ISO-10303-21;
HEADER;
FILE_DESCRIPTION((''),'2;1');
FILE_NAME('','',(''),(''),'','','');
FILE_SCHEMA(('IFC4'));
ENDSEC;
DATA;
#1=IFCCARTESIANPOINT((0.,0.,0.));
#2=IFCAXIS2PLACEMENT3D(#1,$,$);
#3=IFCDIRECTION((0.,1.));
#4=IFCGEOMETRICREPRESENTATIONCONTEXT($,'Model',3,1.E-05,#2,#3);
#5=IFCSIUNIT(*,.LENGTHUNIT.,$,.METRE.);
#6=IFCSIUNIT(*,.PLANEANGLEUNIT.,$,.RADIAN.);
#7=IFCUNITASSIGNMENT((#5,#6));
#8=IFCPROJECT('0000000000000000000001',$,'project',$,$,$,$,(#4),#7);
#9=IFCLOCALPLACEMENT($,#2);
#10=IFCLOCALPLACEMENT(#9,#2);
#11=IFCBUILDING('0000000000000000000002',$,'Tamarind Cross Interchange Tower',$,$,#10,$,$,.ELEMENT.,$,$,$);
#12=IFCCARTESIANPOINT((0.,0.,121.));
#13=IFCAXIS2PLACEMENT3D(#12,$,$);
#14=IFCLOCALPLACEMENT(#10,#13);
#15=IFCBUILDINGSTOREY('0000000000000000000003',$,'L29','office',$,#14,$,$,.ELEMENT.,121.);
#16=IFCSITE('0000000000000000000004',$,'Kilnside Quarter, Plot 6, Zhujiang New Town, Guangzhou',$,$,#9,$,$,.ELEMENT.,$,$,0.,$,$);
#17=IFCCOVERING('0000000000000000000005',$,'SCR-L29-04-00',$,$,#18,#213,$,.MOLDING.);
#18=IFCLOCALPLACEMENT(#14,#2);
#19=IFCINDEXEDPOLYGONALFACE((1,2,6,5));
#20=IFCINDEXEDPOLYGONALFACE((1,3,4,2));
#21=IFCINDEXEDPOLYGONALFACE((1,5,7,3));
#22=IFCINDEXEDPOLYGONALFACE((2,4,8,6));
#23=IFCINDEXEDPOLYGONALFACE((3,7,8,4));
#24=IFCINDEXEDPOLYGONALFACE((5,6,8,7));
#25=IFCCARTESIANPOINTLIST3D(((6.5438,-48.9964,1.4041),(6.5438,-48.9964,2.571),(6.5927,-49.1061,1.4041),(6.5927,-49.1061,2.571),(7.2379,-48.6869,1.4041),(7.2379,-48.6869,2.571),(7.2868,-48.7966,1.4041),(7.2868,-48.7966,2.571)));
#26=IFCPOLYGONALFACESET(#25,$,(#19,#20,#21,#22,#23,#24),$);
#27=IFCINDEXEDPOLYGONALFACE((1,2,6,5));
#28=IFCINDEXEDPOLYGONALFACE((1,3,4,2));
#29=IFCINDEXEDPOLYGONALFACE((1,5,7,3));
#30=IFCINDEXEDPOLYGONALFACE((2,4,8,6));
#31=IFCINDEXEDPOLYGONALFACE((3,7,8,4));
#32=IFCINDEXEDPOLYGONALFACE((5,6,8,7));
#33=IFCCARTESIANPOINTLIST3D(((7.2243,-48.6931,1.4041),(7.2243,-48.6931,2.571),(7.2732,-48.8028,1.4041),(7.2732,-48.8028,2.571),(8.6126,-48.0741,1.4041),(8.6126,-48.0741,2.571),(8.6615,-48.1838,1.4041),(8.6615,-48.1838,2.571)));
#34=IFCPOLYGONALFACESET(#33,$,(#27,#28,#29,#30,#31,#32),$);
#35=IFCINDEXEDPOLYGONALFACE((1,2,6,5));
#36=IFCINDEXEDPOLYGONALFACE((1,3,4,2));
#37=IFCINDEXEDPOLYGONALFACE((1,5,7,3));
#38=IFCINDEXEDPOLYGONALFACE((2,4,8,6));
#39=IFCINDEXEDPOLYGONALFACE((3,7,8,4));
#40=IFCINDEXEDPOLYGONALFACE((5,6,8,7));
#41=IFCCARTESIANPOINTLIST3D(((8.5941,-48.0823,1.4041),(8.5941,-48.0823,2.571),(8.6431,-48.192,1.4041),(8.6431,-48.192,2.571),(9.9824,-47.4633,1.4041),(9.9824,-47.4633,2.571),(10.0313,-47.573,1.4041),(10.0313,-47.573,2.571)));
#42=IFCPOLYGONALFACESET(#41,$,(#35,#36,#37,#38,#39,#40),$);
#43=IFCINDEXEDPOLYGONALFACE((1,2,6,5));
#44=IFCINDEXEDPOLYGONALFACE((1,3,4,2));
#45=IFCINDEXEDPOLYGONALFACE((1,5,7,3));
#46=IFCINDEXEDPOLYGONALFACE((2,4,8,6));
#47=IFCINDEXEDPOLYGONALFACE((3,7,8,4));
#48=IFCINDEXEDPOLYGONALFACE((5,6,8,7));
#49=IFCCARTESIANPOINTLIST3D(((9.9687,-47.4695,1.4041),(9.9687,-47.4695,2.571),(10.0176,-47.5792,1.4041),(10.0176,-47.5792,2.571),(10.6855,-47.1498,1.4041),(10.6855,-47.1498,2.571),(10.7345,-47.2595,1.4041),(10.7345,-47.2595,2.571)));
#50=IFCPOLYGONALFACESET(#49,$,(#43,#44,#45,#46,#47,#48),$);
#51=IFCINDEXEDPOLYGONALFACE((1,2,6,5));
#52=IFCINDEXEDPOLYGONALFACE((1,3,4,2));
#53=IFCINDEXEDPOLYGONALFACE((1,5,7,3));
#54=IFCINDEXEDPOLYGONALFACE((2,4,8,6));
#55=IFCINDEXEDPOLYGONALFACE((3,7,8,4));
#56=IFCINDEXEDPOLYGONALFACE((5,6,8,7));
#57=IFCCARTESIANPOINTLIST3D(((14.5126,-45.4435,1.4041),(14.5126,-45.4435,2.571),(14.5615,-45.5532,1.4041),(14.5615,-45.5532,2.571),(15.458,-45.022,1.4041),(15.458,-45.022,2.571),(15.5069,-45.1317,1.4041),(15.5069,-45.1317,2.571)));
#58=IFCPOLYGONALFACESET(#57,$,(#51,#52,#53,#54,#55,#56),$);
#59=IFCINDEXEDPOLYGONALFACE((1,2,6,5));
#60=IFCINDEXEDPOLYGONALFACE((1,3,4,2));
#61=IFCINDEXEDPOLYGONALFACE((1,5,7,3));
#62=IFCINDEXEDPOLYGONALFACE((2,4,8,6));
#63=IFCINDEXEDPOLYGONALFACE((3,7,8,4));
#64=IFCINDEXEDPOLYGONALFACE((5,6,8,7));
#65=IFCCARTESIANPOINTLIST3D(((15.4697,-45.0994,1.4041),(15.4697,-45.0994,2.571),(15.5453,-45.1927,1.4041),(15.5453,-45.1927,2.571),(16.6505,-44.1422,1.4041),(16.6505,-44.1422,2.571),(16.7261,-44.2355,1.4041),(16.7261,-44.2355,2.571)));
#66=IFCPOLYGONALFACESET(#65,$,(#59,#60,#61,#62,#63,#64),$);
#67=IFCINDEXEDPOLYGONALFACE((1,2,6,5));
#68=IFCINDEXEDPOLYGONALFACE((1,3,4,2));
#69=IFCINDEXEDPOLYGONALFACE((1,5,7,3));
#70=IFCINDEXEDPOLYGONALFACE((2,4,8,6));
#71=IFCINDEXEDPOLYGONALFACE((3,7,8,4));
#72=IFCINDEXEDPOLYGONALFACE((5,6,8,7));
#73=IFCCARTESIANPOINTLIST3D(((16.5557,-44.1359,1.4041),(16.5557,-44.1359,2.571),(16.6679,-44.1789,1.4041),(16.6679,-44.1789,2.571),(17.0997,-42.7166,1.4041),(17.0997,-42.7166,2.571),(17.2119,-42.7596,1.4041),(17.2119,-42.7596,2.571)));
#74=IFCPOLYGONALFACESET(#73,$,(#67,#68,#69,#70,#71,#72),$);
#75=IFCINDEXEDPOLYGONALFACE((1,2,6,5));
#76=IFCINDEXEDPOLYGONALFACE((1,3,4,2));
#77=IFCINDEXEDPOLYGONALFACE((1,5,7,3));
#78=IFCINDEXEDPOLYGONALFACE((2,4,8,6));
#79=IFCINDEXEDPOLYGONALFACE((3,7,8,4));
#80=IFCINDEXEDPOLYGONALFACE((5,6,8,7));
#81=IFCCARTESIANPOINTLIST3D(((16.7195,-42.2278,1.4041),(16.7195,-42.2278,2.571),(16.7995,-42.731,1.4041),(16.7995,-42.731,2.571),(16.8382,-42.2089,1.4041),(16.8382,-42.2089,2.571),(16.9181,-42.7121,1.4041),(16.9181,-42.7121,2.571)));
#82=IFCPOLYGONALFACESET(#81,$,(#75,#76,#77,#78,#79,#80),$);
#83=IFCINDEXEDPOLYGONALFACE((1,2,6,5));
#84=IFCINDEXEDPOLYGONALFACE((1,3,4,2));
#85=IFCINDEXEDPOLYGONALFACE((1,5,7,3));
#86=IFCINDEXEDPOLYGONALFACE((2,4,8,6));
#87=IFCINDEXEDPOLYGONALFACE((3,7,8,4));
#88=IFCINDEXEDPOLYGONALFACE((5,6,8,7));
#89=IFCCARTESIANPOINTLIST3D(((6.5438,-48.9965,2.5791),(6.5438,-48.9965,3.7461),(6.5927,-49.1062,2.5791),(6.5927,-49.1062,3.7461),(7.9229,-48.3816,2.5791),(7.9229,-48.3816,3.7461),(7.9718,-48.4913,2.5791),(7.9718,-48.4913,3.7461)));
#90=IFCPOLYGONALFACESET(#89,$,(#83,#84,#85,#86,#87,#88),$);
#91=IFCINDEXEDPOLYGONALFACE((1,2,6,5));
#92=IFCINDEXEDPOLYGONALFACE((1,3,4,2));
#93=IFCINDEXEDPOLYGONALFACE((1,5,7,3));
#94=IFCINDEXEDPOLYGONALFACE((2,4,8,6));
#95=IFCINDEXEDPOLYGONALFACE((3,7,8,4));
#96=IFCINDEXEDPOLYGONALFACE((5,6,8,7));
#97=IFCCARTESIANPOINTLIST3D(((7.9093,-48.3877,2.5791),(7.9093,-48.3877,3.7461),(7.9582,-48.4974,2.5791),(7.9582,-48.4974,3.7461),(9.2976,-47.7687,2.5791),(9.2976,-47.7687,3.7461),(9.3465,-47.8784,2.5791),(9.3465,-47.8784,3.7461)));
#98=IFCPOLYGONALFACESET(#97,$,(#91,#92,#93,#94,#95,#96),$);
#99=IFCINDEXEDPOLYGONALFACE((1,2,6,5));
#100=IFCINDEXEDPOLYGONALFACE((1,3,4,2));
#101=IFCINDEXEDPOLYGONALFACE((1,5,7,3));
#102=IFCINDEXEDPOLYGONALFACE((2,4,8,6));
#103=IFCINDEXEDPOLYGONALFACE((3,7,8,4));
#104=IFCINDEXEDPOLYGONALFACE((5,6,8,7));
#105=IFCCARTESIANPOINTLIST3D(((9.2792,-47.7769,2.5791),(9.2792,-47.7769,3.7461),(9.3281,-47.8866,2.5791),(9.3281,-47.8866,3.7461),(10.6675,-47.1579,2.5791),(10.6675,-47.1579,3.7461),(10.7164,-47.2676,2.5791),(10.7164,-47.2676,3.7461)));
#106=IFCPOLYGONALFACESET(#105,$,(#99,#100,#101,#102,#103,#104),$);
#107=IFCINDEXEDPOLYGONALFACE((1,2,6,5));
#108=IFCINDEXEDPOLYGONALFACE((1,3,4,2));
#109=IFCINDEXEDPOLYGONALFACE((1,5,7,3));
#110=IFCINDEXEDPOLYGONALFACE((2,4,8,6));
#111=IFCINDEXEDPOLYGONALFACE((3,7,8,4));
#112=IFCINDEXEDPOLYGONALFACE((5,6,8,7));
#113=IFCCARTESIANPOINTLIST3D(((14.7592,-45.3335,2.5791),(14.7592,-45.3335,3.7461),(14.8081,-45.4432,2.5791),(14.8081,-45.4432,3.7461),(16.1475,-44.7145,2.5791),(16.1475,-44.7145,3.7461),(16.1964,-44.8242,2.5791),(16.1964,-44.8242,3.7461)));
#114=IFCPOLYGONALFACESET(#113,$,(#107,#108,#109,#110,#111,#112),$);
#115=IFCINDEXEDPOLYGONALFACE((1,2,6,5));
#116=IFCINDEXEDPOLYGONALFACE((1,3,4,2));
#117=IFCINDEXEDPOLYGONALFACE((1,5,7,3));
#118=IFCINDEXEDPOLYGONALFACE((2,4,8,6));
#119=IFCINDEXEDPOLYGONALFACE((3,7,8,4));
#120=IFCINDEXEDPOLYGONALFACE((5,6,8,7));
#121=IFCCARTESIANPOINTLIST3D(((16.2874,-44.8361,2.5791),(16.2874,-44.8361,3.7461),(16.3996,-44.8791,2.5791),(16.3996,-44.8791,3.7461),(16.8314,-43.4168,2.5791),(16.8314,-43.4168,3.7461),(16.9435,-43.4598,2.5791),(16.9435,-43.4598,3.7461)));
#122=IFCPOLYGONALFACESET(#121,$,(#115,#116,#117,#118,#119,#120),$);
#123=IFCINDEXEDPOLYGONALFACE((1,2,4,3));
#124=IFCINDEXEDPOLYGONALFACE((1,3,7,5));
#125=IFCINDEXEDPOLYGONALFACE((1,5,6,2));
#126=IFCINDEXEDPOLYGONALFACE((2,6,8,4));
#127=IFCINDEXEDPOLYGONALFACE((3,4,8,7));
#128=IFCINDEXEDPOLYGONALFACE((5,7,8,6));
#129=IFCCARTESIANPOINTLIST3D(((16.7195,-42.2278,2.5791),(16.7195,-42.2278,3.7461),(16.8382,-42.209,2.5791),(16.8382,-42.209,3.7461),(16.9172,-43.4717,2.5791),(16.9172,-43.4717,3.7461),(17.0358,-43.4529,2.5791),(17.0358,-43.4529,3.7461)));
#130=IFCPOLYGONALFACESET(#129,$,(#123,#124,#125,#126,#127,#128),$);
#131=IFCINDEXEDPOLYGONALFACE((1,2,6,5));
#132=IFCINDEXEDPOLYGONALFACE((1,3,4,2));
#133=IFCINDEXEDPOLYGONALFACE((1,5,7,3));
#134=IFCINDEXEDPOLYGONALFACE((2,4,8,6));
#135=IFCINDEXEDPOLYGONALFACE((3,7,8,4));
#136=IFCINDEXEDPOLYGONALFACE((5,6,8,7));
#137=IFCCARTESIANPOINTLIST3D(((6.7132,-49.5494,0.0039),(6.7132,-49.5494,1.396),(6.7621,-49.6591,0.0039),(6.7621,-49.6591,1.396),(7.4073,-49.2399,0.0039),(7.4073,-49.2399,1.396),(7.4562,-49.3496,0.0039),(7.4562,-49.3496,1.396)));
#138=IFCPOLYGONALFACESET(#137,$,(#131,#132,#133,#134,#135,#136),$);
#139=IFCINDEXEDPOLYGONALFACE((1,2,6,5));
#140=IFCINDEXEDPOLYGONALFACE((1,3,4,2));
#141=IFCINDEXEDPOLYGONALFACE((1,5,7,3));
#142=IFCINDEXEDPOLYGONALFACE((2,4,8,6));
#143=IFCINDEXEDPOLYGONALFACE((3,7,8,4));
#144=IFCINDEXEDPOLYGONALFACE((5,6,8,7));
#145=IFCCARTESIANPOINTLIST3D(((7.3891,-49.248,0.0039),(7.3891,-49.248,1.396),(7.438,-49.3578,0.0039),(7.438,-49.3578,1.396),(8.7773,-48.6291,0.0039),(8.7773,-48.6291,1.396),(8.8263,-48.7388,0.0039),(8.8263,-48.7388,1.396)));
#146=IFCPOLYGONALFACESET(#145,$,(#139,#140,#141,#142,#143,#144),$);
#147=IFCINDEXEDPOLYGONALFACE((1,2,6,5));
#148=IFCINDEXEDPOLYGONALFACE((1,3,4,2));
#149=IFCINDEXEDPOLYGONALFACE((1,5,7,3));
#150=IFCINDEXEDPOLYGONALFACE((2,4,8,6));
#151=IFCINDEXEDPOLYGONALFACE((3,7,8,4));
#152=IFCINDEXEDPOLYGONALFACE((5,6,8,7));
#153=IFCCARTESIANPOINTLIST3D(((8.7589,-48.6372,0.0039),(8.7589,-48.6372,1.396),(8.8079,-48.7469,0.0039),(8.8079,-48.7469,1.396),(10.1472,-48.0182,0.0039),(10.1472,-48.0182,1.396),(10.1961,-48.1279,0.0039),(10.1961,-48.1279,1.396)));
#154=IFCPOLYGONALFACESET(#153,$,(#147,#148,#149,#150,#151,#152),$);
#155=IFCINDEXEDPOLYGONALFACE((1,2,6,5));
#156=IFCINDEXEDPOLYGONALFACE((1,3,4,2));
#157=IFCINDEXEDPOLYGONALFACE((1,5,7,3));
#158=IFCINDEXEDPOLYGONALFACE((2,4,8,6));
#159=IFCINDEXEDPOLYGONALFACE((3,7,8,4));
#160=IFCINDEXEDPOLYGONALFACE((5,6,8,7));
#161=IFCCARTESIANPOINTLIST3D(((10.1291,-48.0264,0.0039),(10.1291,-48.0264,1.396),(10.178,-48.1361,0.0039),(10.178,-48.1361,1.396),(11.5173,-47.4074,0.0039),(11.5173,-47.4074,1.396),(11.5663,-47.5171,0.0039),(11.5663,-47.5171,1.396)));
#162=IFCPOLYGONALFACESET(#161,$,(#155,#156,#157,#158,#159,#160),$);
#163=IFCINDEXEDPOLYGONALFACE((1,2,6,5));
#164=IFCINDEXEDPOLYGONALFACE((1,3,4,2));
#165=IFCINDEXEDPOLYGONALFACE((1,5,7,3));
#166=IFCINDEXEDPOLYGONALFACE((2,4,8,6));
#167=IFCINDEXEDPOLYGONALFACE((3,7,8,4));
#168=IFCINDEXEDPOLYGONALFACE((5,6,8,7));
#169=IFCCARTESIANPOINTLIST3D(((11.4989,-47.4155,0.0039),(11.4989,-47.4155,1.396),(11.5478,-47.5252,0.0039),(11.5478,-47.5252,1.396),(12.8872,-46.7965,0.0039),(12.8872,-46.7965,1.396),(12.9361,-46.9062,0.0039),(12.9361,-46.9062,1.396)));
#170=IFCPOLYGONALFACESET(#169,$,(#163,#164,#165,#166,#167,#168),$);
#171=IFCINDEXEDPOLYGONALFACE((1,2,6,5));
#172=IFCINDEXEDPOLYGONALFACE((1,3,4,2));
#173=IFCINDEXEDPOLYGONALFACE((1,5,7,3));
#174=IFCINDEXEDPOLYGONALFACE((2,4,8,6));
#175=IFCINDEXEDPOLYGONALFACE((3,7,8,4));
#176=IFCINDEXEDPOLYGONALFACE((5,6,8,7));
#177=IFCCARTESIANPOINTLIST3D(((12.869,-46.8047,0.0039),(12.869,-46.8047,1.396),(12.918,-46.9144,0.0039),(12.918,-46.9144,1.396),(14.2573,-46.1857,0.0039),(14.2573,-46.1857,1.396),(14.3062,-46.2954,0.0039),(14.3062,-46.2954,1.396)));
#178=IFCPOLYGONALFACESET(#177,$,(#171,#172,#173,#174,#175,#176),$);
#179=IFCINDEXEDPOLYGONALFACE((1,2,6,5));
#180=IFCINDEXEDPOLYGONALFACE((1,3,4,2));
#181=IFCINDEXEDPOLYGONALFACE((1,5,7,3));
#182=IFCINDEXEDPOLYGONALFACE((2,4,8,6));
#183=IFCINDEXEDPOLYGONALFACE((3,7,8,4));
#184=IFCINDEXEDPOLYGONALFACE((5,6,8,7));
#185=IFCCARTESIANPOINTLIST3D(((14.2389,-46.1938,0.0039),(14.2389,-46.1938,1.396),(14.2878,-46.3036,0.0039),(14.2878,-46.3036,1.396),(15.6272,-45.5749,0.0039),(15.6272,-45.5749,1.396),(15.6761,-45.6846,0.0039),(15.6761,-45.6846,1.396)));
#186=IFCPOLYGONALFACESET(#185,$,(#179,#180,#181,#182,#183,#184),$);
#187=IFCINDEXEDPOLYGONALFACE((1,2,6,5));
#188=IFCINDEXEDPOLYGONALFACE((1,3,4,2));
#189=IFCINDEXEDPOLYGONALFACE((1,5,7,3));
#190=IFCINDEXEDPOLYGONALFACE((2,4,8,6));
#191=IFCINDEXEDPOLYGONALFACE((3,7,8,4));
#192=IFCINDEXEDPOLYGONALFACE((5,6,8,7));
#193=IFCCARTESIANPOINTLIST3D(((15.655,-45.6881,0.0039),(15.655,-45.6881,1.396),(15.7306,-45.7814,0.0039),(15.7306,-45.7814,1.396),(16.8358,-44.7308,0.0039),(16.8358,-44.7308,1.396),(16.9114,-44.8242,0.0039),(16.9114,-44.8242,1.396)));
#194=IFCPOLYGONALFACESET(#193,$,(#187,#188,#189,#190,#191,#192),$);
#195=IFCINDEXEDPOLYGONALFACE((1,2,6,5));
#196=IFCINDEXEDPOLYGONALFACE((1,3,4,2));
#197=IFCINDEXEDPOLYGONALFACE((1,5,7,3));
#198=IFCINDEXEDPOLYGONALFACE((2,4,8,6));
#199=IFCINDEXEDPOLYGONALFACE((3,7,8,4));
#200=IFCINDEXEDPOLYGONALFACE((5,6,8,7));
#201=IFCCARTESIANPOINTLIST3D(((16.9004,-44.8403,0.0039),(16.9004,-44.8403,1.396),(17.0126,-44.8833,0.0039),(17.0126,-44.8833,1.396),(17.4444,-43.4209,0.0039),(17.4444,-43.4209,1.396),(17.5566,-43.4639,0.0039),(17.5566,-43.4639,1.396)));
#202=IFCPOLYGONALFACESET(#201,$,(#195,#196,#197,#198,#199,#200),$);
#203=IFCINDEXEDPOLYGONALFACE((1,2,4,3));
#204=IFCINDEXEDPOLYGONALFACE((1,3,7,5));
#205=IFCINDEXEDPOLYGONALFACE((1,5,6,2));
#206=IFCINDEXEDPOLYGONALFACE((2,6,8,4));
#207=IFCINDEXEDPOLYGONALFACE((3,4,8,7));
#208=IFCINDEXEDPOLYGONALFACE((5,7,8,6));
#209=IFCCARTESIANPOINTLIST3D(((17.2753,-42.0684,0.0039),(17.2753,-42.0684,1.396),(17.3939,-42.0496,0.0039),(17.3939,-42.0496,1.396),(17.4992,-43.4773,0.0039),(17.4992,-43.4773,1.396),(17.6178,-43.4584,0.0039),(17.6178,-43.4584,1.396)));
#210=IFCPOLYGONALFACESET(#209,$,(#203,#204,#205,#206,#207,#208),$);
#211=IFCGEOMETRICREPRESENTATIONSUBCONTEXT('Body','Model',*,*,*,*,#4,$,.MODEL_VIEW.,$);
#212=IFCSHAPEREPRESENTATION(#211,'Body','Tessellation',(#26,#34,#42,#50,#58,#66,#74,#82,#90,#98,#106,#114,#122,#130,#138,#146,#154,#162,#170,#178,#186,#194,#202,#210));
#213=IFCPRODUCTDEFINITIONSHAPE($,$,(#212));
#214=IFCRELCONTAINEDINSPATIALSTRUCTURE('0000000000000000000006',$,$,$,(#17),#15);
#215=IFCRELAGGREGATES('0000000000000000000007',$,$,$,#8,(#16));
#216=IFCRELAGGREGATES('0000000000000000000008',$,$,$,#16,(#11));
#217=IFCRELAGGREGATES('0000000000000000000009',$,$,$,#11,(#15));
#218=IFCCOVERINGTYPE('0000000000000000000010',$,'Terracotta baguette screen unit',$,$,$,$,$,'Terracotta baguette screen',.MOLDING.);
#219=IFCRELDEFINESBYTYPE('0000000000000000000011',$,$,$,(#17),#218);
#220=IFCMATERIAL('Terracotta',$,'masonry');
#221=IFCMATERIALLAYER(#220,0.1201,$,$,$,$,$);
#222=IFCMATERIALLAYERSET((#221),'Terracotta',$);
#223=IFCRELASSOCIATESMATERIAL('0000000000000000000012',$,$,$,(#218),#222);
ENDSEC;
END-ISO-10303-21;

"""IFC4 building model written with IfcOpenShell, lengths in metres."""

from ifc_helpers import new_model, si_unit, direction, frame, origin, origin_2d, place, context, subcontext, project, spatial, rectangle, extrude, material, layer, layer_set, type_object, element, save


model = new_model("IFC4")

# Units and contexts
model_context = context("Model", 3, precision=1e-05, world=origin(), true_north=direction((0.0, 1.0)))
body_context = subcontext(model_context, "Body", "Model", "MODEL_VIEW")
ifc_project = project(units=[si_unit("LENGTHUNIT", "METRE"), si_unit("PLANEANGLEUNIT", "RADIAN")], contexts=[model_context])

# Site, building, storey
site_placement = place(None, origin())
site = spatial("IfcSite", under=ifc_project, at=site_placement, Name="Kilnside Quarter, Plot 6, Zhujiang New Town, Guangzhou", CompositionType="ELEMENT", RefElevation=0.0)
building_placement = place(site_placement, origin())
building = spatial("IfcBuilding", under=site, at=building_placement, Name="Tamarind Cross Interchange Tower", CompositionType="ELEMENT")
storey_placement = place(building_placement, frame((0.0, 0.0, 121.0)))
storey = spatial("IfcBuildingStorey", under=building, at=storey_placement, Name="L29", Description="office", CompositionType="ELEMENT", Elevation=121.0)

# Covering
ifc_material_1 = material(Name="Terracotta", Category="masonry")
ifc_layer_1 = layer(ifc_material_1, 0.1201)
ifc_layer_set_1 = layer_set([ifc_layer_1], Name="Terracotta")
covering_type = type_object("IfcCoveringType", Name="Terracotta baguette screen unit", ElementType="Terracotta baguette screen", PredefinedType="MOLDING", material=ifc_layer_set_1)
covering_1_placement = place(storey_placement, origin())
element("IfcCovering", 1, at=covering_1_placement, inside=storey, type_object=covering_type, Name="SCR-L29-04-00", PredefinedType="MOLDING", context=body_context, shape_type="SweptSolid", body=[
    extrude(rectangle(XDim=0.76, YDim=0.1201, at=origin_2d()), frame((6.9153, -48.8965, 1.4041), z_axis=(0.0, 0.0, 1.0), x_axis=(0.91333, 0.407221, 0.0)), (0.0, 0.0, 1.0), 1.167),
    extrude(rectangle(XDim=1.52, YDim=0.1201, at=origin_2d()), frame((7.9429, -48.4385, 1.4041), z_axis=(0.0, 0.0, 1.0), x_axis=(0.91333, 0.407221, 0.0)), (0.0, 0.0, 1.0), 1.167),
    extrude(rectangle(XDim=1.52, YDim=0.1201, at=origin_2d()), frame((9.3127, -47.8276, 1.4041), z_axis=(0.0, 0.0, 1.0), x_axis=(0.91333, 0.407221, 0.0)), (0.0, 0.0, 1.0), 1.167),
    extrude(rectangle(XDim=0.7849, YDim=0.1201, at=origin_2d()), frame((10.3516, -47.3645, 1.4041), z_axis=(0.0, 0.0, 1.0), x_axis=(0.91333, 0.407221, 0.0)), (0.0, 0.0, 1.0), 1.167),
    extrude(rectangle(XDim=1.0352, YDim=0.1201, at=origin_2d()), frame((15.0098, -45.2876, 1.4041), z_axis=(0.0, 0.0, 1.0), x_axis=(0.91333, 0.407221, 0.0)), (0.0, 0.0, 1.0), 1.167),
    extrude(rectangle(XDim=1.52, YDim=0.1201, at=origin_2d()), frame((16.0979, -44.6675, 1.4041), z_axis=(0.0, 0.0, 1.0), x_axis=(0.776812, 0.629733, 0.0)), (0.0, 0.0, 1.0), 1.167),
    extrude(rectangle(XDim=1.52, YDim=0.1201, at=origin_2d()), frame((16.8838, -43.4478, 1.4041), z_axis=(0.0, 0.0, 1.0), x_axis=(0.357873, 0.93377, 0.0)), (0.0, 0.0, 1.0), 1.167),
    extrude(rectangle(XDim=0.5095, YDim=0.1201, at=origin_2d()), frame((16.8188, -42.47, 1.4041), z_axis=(0.0, 0.0, 1.0), x_axis=(-0.156958, 0.987605, 0.0)), (0.0, 0.0, 1.0), 1.167),
    extrude(rectangle(XDim=1.51, YDim=0.1201, at=origin_2d()), frame((7.2578, -48.7439, 2.5791), z_axis=(0.0, 0.0, 1.0), x_axis=(0.91333, 0.407221, 0.0)), (0.0, 0.0, 1.0), 1.167),
    extrude(rectangle(XDim=1.52, YDim=0.1201, at=origin_2d()), frame((8.6279, -48.1331, 2.5791), z_axis=(0.0, 0.0, 1.0), x_axis=(0.91333, 0.407221, 0.0)), (0.0, 0.0, 1.0), 1.167),
    extrude(rectangle(XDim=1.52, YDim=0.1201, at=origin_2d()), frame((9.9978, -47.5222, 2.5791), z_axis=(0.0, 0.0, 1.0), x_axis=(0.91333, 0.407221, 0.0)), (0.0, 0.0, 1.0), 1.167),
    extrude(rectangle(XDim=1.52, YDim=0.1201, at=origin_2d()), frame((15.4778, -45.0789, 2.5791), z_axis=(0.0, 0.0, 1.0), x_axis=(0.91333, 0.407221, 0.0)), (0.0, 0.0, 1.0), 1.167),
    extrude(rectangle(XDim=1.52, YDim=0.1201, at=origin_2d()), frame((16.6155, -44.1479, 2.5791), z_axis=(0.0, 0.0, 1.0), x_axis=(0.357873, 0.93377, 0.0)), (0.0, 0.0, 1.0), 1.167),
    extrude(rectangle(XDim=1.2595, YDim=0.1201, at=origin_2d()), frame((16.8777, -42.8403, 2.5791), z_axis=(0.0, 0.0, 1.0), x_axis=(-0.156958, 0.987605, 0.0)), (0.0, 0.0, 1.0), 1.167),
    extrude(rectangle(XDim=0.76, YDim=0.1201, at=origin_2d()), frame((7.0847, -49.4495, 0.0039), z_axis=(0.0, 0.0, 1.0), x_axis=(0.91333, 0.407221, 0.0)), (0.0, 0.0, 1.0), 1.3921),
    extrude(rectangle(XDim=1.52, YDim=0.1201, at=origin_2d()), frame((8.1077, -48.9934, 0.0039), z_axis=(0.0, 0.0, 1.0), x_axis=(0.91333, 0.407221, 0.0)), (0.0, 0.0, 1.0), 1.3921),
    extrude(rectangle(XDim=1.52, YDim=0.1201, at=origin_2d()), frame((9.4775, -48.3826, 0.0039), z_axis=(0.0, 0.0, 1.0), x_axis=(0.91333, 0.407221, 0.0)), (0.0, 0.0, 1.0), 1.3921),
    extrude(rectangle(XDim=1.52, YDim=0.1201, at=origin_2d()), frame((10.8477, -47.7717, 0.0039), z_axis=(0.0, 0.0, 1.0), x_axis=(0.91333, 0.407221, 0.0)), (0.0, 0.0, 1.0), 1.3921),
    extrude(rectangle(XDim=1.52, YDim=0.1201, at=origin_2d()), frame((12.2175, -47.1609, 0.0039), z_axis=(0.0, 0.0, 1.0), x_axis=(0.91333, 0.407221, 0.0)), (0.0, 0.0, 1.0), 1.3921),
    extrude(rectangle(XDim=1.52, YDim=0.1201, at=origin_2d()), frame((13.5876, -46.55, 0.0039), z_axis=(0.0, 0.0, 1.0), x_axis=(0.91333, 0.407221, 0.0)), (0.0, 0.0, 1.0), 1.3921),
    extrude(rectangle(XDim=1.52, YDim=0.1201, at=origin_2d()), frame((14.9575, -45.9392, 0.0039), z_axis=(0.0, 0.0, 1.0), x_axis=(0.91333, 0.407221, 0.0)), (0.0, 0.0, 1.0), 1.3921),
    extrude(rectangle(XDim=1.52, YDim=0.1201, at=origin_2d()), frame((16.2832, -45.2561, 0.0039), z_axis=(0.0, 0.0, 1.0), x_axis=(0.776812, 0.629733, 0.0)), (0.0, 0.0, 1.0), 1.3921),
    extrude(rectangle(XDim=1.52, YDim=0.1201, at=origin_2d()), frame((17.2285, -44.1521, 0.0039), z_axis=(0.0, 0.0, 1.0), x_axis=(0.357873, 0.93377, 0.0)), (0.0, 0.0, 1.0), 1.3921),
    extrude(rectangle(XDim=1.4265, YDim=0.1201, at=origin_2d()), frame((17.4465, -42.7634, 0.0039), z_axis=(0.0, 0.0, 1.0), x_axis=(-0.156958, 0.987605, 0.0)), (0.0, 0.0, 1.0), 1.3921),
])

save(model, "model.ifc")
